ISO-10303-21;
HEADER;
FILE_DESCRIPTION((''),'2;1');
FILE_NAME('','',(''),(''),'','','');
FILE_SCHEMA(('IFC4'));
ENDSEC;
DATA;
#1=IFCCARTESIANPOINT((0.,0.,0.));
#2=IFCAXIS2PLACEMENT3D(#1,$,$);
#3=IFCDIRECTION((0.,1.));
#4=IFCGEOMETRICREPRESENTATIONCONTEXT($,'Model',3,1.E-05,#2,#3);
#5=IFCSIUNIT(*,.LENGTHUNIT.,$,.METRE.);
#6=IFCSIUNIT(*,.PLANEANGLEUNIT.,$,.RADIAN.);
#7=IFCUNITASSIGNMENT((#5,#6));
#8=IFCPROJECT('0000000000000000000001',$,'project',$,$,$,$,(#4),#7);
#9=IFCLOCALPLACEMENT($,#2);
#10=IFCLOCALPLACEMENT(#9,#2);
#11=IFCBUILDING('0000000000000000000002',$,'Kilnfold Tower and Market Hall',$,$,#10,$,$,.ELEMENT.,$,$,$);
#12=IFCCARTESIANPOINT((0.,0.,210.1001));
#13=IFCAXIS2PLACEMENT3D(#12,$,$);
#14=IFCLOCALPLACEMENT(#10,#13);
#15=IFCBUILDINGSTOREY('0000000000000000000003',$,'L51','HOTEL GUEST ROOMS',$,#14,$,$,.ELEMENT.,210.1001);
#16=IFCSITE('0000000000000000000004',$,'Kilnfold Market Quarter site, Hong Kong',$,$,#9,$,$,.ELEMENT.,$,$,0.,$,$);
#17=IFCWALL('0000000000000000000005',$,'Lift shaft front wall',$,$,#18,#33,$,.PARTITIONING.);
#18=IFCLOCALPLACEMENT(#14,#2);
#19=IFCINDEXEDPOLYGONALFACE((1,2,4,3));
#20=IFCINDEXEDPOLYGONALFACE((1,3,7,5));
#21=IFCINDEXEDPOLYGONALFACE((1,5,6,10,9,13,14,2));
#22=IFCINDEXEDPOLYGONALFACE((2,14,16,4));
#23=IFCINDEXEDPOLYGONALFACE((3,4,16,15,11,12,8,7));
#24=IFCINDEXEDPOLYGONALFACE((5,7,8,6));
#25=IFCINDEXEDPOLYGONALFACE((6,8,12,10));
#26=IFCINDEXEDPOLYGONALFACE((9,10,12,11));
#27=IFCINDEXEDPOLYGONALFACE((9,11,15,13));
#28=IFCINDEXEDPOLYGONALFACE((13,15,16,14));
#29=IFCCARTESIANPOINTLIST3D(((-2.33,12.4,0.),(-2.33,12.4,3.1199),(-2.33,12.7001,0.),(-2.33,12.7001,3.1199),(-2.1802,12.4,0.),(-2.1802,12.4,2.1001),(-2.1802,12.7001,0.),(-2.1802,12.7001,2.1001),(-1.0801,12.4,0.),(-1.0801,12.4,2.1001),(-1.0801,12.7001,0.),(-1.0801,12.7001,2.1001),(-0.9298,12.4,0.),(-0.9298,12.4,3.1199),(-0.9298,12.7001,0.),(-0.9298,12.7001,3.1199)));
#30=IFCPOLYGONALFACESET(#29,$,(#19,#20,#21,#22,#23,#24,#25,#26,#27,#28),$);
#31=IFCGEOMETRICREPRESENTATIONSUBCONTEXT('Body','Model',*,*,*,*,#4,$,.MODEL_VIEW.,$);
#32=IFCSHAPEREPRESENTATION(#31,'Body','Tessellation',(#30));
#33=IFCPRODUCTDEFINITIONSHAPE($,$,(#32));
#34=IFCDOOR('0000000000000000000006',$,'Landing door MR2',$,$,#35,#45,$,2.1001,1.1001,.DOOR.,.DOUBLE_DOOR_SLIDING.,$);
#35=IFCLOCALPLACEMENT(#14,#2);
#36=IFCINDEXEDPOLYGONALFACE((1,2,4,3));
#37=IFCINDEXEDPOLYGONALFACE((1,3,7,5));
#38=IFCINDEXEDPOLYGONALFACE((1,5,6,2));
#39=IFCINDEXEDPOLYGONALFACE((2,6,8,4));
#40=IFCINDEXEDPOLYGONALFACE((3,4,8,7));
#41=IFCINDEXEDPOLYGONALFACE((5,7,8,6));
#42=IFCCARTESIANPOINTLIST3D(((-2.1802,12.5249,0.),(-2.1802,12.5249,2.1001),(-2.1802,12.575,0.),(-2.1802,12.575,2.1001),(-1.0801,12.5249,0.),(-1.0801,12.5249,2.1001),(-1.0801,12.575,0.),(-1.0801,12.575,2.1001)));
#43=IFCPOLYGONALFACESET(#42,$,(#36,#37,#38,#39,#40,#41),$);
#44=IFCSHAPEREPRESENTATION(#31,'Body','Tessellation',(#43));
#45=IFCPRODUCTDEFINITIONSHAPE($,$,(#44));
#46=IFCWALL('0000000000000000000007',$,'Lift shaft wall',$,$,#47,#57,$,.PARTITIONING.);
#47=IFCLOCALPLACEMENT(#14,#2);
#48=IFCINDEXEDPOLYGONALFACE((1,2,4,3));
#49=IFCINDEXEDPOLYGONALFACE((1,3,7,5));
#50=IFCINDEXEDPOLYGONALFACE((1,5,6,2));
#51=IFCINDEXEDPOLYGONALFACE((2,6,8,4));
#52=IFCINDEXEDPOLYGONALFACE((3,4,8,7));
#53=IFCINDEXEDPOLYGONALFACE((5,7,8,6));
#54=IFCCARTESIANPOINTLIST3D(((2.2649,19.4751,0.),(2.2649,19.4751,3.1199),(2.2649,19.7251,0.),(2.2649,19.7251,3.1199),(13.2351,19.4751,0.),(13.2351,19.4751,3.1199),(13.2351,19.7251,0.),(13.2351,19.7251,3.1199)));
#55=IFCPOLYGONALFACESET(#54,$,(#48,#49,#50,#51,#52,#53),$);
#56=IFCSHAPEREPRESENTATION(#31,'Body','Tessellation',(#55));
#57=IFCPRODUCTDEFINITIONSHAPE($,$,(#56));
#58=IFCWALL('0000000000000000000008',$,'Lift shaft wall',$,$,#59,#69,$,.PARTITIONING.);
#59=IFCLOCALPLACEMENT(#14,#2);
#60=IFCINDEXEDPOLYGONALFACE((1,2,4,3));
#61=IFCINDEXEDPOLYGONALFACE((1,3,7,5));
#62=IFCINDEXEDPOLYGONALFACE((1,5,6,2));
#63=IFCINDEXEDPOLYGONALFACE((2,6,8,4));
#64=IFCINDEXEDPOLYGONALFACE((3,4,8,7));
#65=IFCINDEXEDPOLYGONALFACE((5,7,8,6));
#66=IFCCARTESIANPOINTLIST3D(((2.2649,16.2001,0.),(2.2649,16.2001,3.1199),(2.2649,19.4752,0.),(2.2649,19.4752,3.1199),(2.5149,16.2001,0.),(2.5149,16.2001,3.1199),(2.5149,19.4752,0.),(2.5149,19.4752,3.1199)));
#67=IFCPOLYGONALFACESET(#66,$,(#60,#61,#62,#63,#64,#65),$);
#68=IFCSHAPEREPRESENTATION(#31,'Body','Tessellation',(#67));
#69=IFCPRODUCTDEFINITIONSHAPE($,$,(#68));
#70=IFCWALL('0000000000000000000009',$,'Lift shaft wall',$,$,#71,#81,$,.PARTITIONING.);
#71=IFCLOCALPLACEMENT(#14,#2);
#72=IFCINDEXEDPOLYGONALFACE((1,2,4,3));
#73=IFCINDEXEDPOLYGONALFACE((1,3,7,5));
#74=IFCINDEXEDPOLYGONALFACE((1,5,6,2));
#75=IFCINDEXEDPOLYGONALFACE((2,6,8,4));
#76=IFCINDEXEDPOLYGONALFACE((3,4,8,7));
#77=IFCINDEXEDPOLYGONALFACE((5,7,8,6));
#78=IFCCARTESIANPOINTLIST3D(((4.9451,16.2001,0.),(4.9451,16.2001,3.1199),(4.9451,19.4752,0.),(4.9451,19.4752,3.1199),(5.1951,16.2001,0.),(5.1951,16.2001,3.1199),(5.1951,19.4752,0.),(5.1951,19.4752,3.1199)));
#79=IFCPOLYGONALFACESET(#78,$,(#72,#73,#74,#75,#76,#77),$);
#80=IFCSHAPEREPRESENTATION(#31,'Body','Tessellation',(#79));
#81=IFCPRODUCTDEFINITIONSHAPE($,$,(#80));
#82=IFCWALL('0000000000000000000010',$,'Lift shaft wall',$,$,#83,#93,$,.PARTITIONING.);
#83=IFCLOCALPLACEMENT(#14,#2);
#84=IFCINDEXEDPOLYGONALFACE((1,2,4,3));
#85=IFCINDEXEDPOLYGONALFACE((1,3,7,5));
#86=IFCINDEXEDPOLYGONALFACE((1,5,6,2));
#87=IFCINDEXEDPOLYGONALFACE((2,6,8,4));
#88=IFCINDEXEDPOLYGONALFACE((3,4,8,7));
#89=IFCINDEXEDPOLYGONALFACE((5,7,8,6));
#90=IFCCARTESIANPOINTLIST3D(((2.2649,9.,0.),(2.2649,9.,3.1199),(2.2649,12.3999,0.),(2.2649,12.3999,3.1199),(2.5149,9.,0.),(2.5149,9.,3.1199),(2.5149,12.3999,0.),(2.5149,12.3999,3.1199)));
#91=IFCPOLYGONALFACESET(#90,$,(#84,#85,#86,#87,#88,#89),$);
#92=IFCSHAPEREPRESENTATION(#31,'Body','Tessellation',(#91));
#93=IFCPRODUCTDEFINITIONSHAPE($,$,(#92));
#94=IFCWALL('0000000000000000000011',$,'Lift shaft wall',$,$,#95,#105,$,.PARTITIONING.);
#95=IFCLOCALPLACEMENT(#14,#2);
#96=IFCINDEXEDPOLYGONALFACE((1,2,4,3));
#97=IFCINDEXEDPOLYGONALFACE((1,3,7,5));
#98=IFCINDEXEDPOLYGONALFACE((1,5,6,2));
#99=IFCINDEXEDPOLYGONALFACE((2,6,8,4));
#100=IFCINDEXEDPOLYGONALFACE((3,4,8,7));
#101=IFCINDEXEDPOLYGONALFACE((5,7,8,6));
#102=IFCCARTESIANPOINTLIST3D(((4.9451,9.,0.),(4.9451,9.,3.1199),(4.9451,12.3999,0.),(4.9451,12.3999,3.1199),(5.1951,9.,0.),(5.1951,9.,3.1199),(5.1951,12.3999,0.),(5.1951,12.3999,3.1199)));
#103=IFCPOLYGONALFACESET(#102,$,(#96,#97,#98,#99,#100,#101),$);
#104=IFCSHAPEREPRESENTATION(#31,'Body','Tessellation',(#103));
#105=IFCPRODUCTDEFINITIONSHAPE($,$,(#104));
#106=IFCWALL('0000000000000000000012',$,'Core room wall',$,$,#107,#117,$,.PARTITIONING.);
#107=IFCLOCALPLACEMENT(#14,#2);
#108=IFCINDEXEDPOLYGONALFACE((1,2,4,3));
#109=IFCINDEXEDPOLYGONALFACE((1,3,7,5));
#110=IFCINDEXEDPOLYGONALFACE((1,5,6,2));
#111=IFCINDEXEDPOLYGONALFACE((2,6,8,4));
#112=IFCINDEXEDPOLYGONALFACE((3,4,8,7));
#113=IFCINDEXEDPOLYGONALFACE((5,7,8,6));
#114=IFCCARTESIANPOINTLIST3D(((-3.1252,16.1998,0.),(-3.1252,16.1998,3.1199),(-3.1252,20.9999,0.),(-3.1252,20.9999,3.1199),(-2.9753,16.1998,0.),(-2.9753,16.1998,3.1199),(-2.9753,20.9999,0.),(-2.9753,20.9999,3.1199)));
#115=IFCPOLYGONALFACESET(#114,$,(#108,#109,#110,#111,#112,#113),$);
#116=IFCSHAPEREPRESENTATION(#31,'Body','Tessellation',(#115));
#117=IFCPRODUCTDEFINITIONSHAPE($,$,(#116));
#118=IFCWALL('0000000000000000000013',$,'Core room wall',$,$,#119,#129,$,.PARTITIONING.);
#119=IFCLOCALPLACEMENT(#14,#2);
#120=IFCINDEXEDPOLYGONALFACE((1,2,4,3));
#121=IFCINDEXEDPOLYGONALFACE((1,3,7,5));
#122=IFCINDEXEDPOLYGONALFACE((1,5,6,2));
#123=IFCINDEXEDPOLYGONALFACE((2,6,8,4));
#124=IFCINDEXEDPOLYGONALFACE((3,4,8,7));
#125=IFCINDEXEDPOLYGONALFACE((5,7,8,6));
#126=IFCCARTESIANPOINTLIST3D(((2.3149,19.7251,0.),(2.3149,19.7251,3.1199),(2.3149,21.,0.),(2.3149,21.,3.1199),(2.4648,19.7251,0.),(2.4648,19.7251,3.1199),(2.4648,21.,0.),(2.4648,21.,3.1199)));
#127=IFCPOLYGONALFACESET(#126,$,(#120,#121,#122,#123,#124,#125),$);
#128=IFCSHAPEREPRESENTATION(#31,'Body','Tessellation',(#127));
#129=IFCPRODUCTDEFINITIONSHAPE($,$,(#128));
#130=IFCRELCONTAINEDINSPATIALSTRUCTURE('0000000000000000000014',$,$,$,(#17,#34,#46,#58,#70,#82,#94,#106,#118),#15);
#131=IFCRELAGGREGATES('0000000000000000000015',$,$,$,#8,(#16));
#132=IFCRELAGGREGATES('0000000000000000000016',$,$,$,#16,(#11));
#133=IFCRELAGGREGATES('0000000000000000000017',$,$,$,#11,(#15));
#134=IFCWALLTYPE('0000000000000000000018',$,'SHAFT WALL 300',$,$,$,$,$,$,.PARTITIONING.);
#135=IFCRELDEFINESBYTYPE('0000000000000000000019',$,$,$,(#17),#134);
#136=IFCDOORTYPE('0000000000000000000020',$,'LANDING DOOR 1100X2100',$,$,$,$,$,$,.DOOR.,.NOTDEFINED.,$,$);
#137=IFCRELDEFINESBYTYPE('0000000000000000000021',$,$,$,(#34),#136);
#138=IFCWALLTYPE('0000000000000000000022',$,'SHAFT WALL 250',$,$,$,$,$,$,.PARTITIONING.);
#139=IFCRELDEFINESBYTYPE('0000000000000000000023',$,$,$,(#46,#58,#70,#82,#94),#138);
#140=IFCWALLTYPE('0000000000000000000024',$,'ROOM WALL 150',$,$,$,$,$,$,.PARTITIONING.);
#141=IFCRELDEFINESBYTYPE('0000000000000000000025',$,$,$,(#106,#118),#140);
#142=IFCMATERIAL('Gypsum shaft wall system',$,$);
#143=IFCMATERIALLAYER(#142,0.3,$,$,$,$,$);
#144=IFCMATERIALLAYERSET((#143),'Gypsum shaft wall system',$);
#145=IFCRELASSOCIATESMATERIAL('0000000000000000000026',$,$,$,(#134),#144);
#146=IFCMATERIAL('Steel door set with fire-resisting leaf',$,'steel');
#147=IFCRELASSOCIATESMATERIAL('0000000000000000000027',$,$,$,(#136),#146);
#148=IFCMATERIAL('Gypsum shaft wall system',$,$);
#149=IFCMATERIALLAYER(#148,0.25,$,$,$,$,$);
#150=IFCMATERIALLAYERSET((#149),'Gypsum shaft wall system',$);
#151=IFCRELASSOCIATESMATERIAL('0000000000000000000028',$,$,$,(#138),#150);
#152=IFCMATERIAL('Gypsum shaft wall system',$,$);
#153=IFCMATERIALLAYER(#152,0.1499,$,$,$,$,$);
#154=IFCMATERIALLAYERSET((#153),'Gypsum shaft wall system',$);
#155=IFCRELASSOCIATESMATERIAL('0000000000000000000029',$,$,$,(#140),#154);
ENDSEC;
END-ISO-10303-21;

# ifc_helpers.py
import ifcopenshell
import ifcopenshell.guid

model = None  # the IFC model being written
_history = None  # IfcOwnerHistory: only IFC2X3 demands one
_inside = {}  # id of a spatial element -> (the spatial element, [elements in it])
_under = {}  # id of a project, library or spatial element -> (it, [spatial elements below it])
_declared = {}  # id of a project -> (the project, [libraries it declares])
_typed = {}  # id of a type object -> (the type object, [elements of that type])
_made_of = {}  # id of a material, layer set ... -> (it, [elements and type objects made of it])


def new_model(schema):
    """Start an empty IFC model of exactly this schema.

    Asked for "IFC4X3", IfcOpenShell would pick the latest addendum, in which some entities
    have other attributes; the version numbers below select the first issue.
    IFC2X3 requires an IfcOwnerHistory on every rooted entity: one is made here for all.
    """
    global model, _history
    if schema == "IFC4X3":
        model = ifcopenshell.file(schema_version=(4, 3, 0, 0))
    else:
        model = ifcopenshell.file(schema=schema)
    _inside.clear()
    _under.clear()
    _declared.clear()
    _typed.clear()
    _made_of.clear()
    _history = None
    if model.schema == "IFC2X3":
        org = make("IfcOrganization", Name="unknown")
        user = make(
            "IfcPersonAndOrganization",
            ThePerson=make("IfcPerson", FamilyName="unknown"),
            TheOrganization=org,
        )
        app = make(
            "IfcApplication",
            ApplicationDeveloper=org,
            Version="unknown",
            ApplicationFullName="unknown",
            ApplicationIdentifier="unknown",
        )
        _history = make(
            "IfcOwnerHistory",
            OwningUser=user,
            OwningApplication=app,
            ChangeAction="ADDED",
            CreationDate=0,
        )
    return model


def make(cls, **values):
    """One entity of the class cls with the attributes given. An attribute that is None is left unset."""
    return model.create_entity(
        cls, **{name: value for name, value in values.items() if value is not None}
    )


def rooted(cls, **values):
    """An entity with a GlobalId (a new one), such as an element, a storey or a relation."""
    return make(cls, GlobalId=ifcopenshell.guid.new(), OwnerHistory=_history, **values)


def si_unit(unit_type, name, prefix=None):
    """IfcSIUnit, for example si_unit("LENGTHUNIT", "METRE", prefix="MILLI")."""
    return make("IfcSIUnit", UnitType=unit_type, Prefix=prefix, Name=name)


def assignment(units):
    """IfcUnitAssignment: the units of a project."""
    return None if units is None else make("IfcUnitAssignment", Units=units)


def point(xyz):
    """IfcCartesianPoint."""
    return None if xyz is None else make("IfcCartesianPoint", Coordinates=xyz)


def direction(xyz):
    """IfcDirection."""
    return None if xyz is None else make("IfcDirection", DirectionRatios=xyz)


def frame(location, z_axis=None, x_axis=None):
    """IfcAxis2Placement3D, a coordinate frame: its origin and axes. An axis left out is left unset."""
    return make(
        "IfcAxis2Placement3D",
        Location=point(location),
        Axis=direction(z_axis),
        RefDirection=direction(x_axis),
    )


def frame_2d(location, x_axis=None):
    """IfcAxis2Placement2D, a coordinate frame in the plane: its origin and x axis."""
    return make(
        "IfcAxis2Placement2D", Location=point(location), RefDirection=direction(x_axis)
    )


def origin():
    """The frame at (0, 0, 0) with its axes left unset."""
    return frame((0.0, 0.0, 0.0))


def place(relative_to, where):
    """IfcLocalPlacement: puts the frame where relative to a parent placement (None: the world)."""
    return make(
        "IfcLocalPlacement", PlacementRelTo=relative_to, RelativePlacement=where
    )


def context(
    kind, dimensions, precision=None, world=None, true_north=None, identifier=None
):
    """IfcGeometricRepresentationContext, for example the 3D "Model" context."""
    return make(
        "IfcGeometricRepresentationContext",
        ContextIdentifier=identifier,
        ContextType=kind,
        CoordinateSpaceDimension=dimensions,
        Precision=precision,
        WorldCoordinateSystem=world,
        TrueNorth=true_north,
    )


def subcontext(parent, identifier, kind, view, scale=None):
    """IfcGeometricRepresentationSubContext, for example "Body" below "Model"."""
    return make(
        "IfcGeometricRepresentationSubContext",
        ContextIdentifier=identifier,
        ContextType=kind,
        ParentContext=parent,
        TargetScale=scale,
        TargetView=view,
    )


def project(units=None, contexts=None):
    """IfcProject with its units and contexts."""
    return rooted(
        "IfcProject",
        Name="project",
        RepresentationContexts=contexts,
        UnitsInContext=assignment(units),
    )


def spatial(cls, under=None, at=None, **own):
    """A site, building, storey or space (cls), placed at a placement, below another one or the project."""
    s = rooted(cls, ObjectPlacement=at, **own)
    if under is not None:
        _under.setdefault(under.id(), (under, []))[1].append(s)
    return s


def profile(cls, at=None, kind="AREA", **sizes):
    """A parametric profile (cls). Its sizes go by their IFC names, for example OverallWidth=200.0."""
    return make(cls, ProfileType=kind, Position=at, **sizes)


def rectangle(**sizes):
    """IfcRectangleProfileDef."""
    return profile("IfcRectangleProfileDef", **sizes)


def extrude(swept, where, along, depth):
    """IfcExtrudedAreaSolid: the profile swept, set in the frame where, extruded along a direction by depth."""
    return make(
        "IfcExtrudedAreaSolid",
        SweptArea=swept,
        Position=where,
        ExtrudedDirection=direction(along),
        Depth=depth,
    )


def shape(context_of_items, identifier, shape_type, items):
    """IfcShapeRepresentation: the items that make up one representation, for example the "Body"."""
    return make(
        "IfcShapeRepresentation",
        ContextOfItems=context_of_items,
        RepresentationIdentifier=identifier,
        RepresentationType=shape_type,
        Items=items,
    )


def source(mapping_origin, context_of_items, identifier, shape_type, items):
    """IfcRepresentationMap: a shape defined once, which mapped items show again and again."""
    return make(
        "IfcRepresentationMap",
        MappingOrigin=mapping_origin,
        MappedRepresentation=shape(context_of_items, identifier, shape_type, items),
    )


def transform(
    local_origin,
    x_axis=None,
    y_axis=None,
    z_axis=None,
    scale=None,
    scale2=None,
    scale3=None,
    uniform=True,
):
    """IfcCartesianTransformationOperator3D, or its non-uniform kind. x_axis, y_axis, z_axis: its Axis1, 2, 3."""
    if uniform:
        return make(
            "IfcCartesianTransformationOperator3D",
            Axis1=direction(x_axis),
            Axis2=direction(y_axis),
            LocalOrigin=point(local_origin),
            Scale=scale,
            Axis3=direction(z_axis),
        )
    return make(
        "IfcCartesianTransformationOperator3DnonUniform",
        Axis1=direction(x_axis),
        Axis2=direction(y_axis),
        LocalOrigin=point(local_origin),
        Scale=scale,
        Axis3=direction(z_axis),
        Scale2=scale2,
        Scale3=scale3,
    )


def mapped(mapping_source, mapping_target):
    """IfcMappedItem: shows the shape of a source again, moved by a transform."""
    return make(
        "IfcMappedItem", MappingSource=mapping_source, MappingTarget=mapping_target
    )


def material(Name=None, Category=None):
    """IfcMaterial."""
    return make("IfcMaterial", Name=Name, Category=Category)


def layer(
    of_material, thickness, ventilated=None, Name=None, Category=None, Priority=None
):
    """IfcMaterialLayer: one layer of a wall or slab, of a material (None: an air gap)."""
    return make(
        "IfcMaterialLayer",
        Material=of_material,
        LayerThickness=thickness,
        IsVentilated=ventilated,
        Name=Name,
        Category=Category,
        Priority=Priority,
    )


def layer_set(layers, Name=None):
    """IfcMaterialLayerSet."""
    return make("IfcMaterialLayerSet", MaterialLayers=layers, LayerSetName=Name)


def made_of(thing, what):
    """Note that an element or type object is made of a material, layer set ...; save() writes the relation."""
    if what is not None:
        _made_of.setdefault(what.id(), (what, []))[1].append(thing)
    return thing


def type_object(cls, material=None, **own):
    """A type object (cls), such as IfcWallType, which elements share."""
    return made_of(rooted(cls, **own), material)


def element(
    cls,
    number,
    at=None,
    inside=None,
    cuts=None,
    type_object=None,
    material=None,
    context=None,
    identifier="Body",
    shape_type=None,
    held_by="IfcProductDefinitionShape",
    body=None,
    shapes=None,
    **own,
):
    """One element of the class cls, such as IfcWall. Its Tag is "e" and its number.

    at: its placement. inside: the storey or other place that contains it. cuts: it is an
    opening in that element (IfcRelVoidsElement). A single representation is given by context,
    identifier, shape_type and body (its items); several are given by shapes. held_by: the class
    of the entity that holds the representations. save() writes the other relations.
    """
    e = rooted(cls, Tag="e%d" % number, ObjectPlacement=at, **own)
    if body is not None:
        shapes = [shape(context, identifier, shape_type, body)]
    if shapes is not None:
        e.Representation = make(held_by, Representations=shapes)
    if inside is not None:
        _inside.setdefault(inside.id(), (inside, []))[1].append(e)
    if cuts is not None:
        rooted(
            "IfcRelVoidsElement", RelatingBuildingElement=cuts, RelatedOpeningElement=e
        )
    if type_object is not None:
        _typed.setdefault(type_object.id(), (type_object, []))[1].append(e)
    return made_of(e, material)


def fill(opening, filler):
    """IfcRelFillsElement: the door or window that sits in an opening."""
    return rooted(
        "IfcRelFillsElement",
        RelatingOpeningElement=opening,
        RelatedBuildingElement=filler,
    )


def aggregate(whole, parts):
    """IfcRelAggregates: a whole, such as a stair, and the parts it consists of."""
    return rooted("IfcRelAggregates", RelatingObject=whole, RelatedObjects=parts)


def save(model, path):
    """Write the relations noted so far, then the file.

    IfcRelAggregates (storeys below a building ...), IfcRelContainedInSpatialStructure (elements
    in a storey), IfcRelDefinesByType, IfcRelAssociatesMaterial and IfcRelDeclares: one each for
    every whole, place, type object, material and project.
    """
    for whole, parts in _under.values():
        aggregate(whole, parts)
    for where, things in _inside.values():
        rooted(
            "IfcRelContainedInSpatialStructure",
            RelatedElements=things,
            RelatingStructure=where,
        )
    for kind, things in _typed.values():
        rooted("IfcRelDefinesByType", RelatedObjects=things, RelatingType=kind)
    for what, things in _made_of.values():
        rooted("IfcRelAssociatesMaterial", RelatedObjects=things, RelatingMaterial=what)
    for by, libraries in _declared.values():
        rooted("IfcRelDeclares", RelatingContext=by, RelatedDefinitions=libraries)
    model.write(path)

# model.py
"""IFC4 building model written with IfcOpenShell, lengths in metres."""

from ifc_helpers import new_model, si_unit, direction, frame, frame_2d, origin, place, context, subcontext, project, spatial, rectangle, extrude, source, transform, mapped, material, layer, layer_set, type_object, element, fill, save


model = new_model("IFC4")

# Units and contexts
model_context = context("Model", 3, precision=1e-05, world=origin(), true_north=direction((0.0, 1.0)))
body_context = subcontext(model_context, "Body", "Model", "MODEL_VIEW")
ifc_project = project(units=[si_unit("LENGTHUNIT", "METRE"), si_unit("PLANEANGLEUNIT", "RADIAN")], contexts=[model_context])

# Site, building, storey
site_placement = place(None, origin())
site = spatial("IfcSite", under=ifc_project, at=site_placement, Name="Kilnfold Market Quarter site, Hong Kong", CompositionType="ELEMENT", RefElevation=0.0)
building_placement = place(site_placement, origin())
building = spatial("IfcBuilding", under=site, at=building_placement, Name="Kilnfold Tower and Market Hall", CompositionType="ELEMENT")
storey_placement = place(building_placement, frame((0.0, 0.0, 210.1001)))
storey = spatial("IfcBuildingStorey", under=building, at=storey_placement, Name="L51", Description="HOTEL GUEST ROOMS", CompositionType="ELEMENT", Elevation=210.1001)

# Shared definitions
ifc_material_1 = material(Name="Gypsum shaft wall system")
ifc_layer_1 = layer(ifc_material_1, 0.3)
ifc_layer_set_1 = layer_set([ifc_layer_1], Name="Gypsum shaft wall system")
wall_type_1 = type_object("IfcWallType", Name="SHAFT WALL 300", PredefinedType="PARTITIONING", material=ifc_layer_set_1)
ifc_material_2 = material(Name="Steel door set with fire-resisting leaf", Category="steel")
door_type = type_object("IfcDoorType", Name="LANDING DOOR 1100X2100", OperationType="NOTDEFINED", PredefinedType="DOOR", material=ifc_material_2)

# Wall, opening, door
shared_shape_1 = source(origin(), body_context, "Body", "SweptSolid", [
    extrude(rectangle(XDim=1.4001, YDim=0.3, at=frame_2d((0.7002, 0.0))), origin(), (0.0, 0.0, 1.0), 3.1199),
])
wall_1_placement = place(storey_placement, frame((-2.3301, 12.55, 0.0), z_axis=(0.0, 0.0, 1.0), x_axis=(1.0, 0.0, 0.0)))
wall_1 = element("IfcWall", 1, at=wall_1_placement, inside=storey, type_object=wall_type_1, Name="Lift shaft front wall", PredefinedType="PARTITIONING", context=body_context, shape_type="MappedRepresentation", body=[
    mapped(shared_shape_1, transform((0.0, 0.0, 0.0))),
])
opening_1_placement = place(wall_1_placement, frame((0.1499, 0.0, 0.0)))
opening_1 = element("IfcOpeningElement", 2, at=opening_1_placement, cuts=wall_1, PredefinedType="OPENING", context=body_context, shape_type="SweptSolid", body=[
    extrude(rectangle(XDim=1.1001, YDim=2.1001, at=frame_2d((0.55, 1.05))), frame((0.0, 0.1602, 0.0), z_axis=(0.0, -1.0, 0.0), x_axis=(1.0, 0.0, 0.0)), (0.0, 0.0, 1.0), 0.3201),
])
door_1_placement = place(opening_1_placement, origin())
door_1 = element("IfcDoor", 3, at=door_1_placement, inside=storey, type_object=door_type, Name="Landing door MR2", OperationType="DOUBLE_DOOR_SLIDING", OverallHeight=2.1001, OverallWidth=1.1001, PredefinedType="DOOR", context=body_context, shape_type="SweptSolid", body=[
    extrude(rectangle(XDim=1.1001, YDim=2.1001, at=frame_2d((0.55, 1.05))), frame((0.0, 0.0249, 0.0), z_axis=(0.0, -1.0, 0.0), x_axis=(1.0, 0.0, 0.0)), (0.0, 0.0, 1.0), 0.05),
])
fill(opening_1, door_1)

# Walls
ifc_material_3 = material(Name="Gypsum shaft wall system")
ifc_layer_2 = layer(ifc_material_3, 0.25)
ifc_layer_set_2 = layer_set([ifc_layer_2], Name="Gypsum shaft wall system")
wall_type_2 = type_object("IfcWallType", Name="SHAFT WALL 250", PredefinedType="PARTITIONING", material=ifc_layer_set_2)
shared_shape_2 = source(origin(), body_context, "Body", "SweptSolid", [
    extrude(rectangle(XDim=10.9702, YDim=0.25, at=frame_2d((5.4851, 0.0))), origin(), (0.0, 0.0, 1.0), 3.1199),
])
wall_2_placement = place(storey_placement, frame((2.2649, 19.6001, 0.0), z_axis=(0.0, 0.0, 1.0), x_axis=(1.0, 0.0, 0.0)))
element("IfcWall", 4, at=wall_2_placement, inside=storey, type_object=wall_type_2, Name="Lift shaft wall", PredefinedType="PARTITIONING", context=body_context, shape_type="MappedRepresentation", body=[
    mapped(shared_shape_2, transform((0.0, 0.0, 0.0))),
])
shared_shape_3 = source(origin(), body_context, "Body", "SweptSolid", [
    extrude(rectangle(XDim=3.2751, YDim=0.25, at=frame_2d((1.6377, 0.0))), origin(), (0.0, 0.0, 1.0), 3.1199),
])
for number, where, z_axis, x_axis, name in (
    (5, (2.3899, 16.2, 0.0), (0.0, 0.0, 1.0), (0.0, 1.0, 0.0), "Lift shaft wall"),
    (6, (5.0701, 16.2, 0.0), (0.0, 0.0, 1.0), (0.0, 1.0, 0.0), "Lift shaft wall"),
):
    element("IfcWall", number, at=place(storey_placement, frame(where, z_axis=z_axis, x_axis=x_axis)), inside=storey, type_object=wall_type_2, Name=name, PredefinedType="PARTITIONING", context=body_context, shape_type="MappedRepresentation", body=[
        mapped(shared_shape_3, transform((0.0, 0.0, 0.0))),
    ])
shared_shape_4 = source(origin(), body_context, "Body", "SweptSolid", [
    extrude(rectangle(XDim=3.3999, YDim=0.25, at=frame_2d((1.7, 0.0))), origin(), (0.0, 0.0, 1.0), 3.1199),
])
for number, where, z_axis, x_axis, name in (
    (7, (2.3899, 9.0, 0.0), (0.0, 0.0, 1.0), (0.0, 1.0, 0.0), "Lift shaft wall"),
    (8, (5.0701, 9.0, 0.0), (0.0, 0.0, 1.0), (0.0, 1.0, 0.0), "Lift shaft wall"),
):
    element("IfcWall", number, at=place(storey_placement, frame(where, z_axis=z_axis, x_axis=x_axis)), inside=storey, type_object=wall_type_2, Name=name, PredefinedType="PARTITIONING", context=body_context, shape_type="MappedRepresentation", body=[
        mapped(shared_shape_4, transform((0.0, 0.0, 0.0))),
    ])
ifc_material_4 = material(Name="Gypsum shaft wall system")
ifc_layer_3 = layer(ifc_material_4, 0.1499)
ifc_layer_set_3 = layer_set([ifc_layer_3], Name="Gypsum shaft wall system")
wall_type_3 = type_object("IfcWallType", Name="ROOM WALL 150", PredefinedType="PARTITIONING", material=ifc_layer_set_3)
shared_shape_5 = source(origin(), body_context, "Body", "SweptSolid", [
    extrude(rectangle(XDim=4.8, YDim=0.1499, at=frame_2d((2.3999, 0.0))), origin(), (0.0, 0.0, 1.0), 3.1199),
])
wall_3_placement = place(storey_placement, frame((-3.0503, 16.2, 0.0), z_axis=(0.0, 0.0, 1.0), x_axis=(0.0, 1.0, 0.0)))
element("IfcWall", 9, at=wall_3_placement, inside=storey, type_object=wall_type_3, Name="Core room wall", PredefinedType="PARTITIONING", context=body_context, shape_type="MappedRepresentation", body=[
    mapped(shared_shape_5, transform((0.0, 0.0, 0.0))),
])
shared_shape_6 = source(origin(), body_context, "Body", "SweptSolid", [
    extrude(rectangle(XDim=1.2749, YDim=0.1499, at=frame_2d((0.6375, 0.0))), origin(), (0.0, 0.0, 1.0), 3.1199),
])
wall_4_placement = place(storey_placement, frame((2.3899, 19.7251, 0.0), z_axis=(0.0, 0.0, 1.0), x_axis=(0.0, 1.0, 0.0)))
element("IfcWall", 10, at=wall_4_placement, inside=storey, type_object=wall_type_3, Name="Core room wall", PredefinedType="PARTITIONING", context=body_context, shape_type="MappedRepresentation", body=[
    mapped(shared_shape_6, transform((0.0, 0.0, 0.0))),
])

save(model, "model.ifc")
